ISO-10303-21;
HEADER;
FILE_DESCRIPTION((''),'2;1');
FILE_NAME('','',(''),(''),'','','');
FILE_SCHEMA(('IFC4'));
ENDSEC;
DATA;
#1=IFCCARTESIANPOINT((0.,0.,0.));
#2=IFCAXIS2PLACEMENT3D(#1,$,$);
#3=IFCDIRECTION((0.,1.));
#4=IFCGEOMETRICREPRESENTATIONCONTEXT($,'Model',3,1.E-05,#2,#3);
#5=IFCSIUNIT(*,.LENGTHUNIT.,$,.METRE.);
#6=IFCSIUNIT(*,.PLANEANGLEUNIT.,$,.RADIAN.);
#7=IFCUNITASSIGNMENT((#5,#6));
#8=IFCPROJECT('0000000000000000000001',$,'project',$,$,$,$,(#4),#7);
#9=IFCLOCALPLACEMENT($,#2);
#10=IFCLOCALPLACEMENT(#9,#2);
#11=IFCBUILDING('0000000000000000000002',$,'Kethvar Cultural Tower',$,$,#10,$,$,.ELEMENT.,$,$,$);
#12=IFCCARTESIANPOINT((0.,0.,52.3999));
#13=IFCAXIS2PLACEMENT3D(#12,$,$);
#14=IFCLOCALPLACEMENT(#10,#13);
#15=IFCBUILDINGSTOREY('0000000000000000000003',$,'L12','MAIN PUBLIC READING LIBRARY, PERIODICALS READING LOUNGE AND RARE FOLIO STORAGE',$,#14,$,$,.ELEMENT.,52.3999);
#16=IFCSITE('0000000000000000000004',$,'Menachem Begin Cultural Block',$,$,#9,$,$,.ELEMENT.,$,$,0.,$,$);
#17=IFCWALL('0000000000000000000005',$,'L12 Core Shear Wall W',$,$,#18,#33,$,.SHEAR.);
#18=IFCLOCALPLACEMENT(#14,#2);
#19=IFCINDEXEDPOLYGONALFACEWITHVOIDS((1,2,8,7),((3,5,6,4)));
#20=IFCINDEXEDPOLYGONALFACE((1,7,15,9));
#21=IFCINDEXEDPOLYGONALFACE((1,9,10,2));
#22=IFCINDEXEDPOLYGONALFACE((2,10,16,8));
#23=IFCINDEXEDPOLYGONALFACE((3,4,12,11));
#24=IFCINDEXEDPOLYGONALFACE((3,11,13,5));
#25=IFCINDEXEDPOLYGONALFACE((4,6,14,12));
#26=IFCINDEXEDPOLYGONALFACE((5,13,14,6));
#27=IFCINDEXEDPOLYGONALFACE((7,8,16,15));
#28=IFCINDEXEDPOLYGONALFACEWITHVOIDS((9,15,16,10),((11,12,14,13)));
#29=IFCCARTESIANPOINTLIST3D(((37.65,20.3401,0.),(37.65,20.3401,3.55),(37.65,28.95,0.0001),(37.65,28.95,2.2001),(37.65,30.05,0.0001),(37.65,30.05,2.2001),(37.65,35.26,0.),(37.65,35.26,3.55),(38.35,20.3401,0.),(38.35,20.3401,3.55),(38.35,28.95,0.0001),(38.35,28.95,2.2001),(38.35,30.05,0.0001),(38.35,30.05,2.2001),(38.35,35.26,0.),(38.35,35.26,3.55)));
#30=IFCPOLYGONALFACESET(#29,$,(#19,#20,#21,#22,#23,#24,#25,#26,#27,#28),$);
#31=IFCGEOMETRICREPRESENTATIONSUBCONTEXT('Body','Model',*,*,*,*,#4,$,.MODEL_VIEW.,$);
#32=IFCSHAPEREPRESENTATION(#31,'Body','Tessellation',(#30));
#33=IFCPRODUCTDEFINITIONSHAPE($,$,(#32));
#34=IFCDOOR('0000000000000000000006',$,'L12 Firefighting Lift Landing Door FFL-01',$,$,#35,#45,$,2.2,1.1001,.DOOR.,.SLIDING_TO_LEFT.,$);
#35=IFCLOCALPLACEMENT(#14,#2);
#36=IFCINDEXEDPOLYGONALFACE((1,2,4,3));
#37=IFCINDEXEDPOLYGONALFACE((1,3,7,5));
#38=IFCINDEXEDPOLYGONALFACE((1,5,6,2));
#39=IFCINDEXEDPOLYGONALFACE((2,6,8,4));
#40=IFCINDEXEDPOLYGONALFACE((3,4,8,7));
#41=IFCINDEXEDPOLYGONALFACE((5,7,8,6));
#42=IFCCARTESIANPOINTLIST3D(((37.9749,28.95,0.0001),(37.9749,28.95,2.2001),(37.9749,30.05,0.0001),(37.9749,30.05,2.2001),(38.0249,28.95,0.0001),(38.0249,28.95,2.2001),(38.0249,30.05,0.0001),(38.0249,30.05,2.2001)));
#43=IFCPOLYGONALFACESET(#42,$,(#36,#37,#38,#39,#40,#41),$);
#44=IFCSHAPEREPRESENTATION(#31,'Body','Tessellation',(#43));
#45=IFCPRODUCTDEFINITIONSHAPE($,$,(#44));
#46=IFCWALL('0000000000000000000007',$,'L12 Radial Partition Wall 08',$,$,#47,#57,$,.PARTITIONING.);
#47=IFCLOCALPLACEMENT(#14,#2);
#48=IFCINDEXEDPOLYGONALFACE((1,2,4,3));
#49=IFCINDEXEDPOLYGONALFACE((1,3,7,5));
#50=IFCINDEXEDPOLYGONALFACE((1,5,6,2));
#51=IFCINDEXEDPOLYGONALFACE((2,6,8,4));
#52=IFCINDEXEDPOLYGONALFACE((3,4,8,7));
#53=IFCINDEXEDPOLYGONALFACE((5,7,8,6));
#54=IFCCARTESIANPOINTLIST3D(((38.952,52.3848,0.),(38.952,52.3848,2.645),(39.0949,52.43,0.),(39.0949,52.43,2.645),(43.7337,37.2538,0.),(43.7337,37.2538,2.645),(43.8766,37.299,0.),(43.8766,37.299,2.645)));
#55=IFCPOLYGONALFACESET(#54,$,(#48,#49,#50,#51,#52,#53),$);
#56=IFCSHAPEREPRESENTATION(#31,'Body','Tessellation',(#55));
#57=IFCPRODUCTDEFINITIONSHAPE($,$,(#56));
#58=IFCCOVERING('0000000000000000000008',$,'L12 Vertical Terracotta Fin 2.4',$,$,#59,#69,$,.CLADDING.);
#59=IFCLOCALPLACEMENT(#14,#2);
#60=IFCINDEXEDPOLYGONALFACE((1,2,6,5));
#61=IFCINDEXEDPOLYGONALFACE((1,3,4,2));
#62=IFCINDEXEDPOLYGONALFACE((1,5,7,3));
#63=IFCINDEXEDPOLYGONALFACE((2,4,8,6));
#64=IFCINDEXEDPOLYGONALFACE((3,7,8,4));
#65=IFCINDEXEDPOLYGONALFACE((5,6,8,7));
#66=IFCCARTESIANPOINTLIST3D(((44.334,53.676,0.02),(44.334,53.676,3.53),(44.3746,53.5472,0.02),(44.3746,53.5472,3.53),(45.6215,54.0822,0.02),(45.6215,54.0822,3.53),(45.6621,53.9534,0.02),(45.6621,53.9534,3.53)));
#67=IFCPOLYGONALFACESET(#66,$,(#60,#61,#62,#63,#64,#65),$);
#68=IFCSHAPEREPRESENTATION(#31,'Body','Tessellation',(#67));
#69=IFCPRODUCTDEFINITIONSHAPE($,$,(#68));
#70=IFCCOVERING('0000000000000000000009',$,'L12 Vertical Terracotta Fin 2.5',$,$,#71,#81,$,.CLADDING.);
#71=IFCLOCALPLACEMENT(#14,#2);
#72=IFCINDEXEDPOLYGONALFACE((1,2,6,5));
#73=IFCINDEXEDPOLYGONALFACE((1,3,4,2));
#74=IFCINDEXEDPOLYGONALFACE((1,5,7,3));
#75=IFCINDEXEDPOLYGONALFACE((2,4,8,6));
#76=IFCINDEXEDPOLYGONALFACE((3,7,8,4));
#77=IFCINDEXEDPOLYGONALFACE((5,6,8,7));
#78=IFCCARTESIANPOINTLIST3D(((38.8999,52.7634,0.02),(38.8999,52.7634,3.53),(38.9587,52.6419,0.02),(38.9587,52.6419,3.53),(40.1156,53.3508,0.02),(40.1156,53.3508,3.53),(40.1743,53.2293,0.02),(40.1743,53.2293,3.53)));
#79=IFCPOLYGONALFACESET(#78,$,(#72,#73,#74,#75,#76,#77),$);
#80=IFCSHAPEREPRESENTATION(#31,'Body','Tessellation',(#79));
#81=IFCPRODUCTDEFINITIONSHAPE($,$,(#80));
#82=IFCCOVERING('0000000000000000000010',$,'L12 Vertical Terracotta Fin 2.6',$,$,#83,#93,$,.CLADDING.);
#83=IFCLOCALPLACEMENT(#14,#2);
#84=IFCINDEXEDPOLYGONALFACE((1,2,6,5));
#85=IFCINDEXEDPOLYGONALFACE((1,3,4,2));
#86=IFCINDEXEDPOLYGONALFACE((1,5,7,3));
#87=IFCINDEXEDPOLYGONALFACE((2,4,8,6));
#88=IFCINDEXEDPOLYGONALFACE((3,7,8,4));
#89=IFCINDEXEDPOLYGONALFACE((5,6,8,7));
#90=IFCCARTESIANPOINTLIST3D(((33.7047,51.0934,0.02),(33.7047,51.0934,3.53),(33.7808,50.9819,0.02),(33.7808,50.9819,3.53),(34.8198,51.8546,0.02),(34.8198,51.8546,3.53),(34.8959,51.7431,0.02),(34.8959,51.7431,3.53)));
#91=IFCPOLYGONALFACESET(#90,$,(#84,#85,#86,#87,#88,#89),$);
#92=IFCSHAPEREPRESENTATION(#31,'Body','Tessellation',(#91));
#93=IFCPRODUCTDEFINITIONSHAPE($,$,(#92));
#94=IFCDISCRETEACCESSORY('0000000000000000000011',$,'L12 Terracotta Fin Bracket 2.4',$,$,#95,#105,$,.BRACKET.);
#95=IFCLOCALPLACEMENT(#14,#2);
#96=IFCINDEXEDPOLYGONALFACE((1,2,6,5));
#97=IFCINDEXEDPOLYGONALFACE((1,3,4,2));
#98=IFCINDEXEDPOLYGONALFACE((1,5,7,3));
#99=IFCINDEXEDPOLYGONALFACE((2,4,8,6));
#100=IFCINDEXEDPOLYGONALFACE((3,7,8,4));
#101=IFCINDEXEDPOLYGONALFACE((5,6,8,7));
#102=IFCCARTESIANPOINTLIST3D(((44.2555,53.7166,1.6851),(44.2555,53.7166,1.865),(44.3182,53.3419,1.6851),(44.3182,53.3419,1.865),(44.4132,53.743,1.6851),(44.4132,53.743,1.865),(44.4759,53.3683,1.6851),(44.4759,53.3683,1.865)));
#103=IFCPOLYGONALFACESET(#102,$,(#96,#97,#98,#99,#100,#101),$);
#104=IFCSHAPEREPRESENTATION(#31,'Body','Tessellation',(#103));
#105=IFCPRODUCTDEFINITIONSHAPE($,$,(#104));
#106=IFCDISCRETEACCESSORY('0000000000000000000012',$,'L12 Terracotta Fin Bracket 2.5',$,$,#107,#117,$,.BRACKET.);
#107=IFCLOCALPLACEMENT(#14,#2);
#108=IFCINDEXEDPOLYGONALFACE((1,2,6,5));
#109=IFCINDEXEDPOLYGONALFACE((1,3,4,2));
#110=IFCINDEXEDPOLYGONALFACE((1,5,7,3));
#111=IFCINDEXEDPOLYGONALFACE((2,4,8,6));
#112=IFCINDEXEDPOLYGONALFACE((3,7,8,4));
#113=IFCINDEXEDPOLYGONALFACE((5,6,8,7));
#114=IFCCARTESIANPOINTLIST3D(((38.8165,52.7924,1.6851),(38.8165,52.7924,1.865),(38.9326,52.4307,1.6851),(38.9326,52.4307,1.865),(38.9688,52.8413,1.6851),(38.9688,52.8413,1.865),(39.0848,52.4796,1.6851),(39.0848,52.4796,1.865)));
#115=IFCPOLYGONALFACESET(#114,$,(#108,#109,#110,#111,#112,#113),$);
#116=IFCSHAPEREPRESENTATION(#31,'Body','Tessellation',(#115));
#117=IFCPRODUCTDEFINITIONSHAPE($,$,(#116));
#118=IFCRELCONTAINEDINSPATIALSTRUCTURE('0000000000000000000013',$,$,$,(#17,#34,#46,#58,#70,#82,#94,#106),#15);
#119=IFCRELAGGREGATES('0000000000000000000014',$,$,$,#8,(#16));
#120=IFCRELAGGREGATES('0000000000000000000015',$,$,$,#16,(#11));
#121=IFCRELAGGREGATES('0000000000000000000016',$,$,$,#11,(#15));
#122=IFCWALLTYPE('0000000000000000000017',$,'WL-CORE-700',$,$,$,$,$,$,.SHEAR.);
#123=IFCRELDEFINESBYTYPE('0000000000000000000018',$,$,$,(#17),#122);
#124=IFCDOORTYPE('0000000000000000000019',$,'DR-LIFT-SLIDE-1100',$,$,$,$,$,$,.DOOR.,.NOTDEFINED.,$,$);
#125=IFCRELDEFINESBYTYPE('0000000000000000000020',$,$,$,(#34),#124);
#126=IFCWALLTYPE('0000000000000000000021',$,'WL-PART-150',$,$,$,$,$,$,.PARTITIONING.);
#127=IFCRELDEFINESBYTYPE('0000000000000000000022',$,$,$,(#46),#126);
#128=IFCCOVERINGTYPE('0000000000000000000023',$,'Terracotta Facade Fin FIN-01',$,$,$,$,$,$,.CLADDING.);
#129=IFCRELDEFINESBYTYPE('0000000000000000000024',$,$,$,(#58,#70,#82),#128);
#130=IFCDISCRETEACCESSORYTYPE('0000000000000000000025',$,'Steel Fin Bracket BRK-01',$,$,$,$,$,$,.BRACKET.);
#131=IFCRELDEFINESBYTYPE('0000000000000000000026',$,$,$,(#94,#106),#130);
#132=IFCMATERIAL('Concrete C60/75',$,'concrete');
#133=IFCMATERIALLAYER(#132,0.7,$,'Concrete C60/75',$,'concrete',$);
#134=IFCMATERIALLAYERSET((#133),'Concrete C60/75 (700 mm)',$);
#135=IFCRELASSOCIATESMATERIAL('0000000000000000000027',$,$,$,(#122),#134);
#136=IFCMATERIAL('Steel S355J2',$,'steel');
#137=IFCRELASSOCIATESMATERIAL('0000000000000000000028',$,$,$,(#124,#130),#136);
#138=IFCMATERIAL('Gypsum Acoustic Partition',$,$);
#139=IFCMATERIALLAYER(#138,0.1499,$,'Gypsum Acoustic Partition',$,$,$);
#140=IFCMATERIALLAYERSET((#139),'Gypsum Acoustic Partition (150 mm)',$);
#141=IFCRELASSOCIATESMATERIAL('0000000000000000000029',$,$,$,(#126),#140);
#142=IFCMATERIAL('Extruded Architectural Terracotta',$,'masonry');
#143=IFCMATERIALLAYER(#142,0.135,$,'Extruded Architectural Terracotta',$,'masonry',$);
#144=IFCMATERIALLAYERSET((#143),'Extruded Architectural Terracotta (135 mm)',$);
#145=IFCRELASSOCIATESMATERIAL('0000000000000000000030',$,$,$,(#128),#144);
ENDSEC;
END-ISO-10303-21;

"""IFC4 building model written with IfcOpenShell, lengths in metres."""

from ifc_helpers import new_model, si_unit, direction, frame, frame_2d, origin, origin_2d, place, context, subcontext, project, spatial, rectangle, extrude, source, transform, mapped, material, layer, layer_set, type_object, element, fill, save


model = new_model("IFC4")

# Units and contexts
model_context = context("Model", 3, precision=1e-05, world=origin(), true_north=direction((0.0, 1.0)))
body_context = subcontext(model_context, "Body", "Model", "MODEL_VIEW")
ifc_project = project(units=[si_unit("LENGTHUNIT", "METRE"), si_unit("PLANEANGLEUNIT", "RADIAN")], contexts=[model_context])

# Site, building, storey
site_placement = place(None, origin())
site = spatial("IfcSite", under=ifc_project, at=site_placement, Name="Menachem Begin Cultural Block", CompositionType="ELEMENT", RefElevation=0.0)
building_placement = place(site_placement, origin())
building = spatial("IfcBuilding", under=site, at=building_placement, Name="Kethvar Cultural Tower", CompositionType="ELEMENT")
storey_placement = place(building_placement, frame((0.0, 0.0, 52.3999)))
storey = spatial("IfcBuildingStorey", under=building, at=storey_placement, Name="L12", Description="MAIN PUBLIC READING LIBRARY, PERIODICALS READING LOUNGE AND RARE FOLIO STORAGE", CompositionType="ELEMENT", Elevation=52.3999)

# Shared definitions
ifc_material_1 = material(Name="Steel S355J2", Category="steel")

# Wall, opening, door
ifc_material_2 = material(Name="Concrete C60/75", Category="concrete")
ifc_layer_1 = layer(ifc_material_2, 0.7, Name="Concrete C60/75", Category="concrete")
ifc_layer_set_1 = layer_set([ifc_layer_1], Name="Concrete C60/75 (700 mm)")
wall_type_1 = type_object("IfcWallType", Name="WL-CORE-700", PredefinedType="SHEAR", material=ifc_layer_set_1)
wall_1_placement = place(storey_placement, frame((38.0, 35.26, 0.0), z_axis=(0.0, 0.0, 1.0), x_axis=(0.0, -1.0, 0.0)))
wall_1 = element("IfcWall", 1, at=wall_1_placement, inside=storey, type_object=wall_type_1, Name="L12 Core Shear Wall W", PredefinedType="SHEAR", context=body_context, shape_type="SweptSolid", body=[
    extrude(rectangle(XDim=14.9199, YDim=0.7, at=frame_2d((7.46, 0.0))), origin(), (0.0, 0.0, 1.0), 3.55),
])
opening_placement = place(wall_1_placement, frame((5.21, 0.0, 0.0)))
opening = element("IfcOpeningElement", 2, at=opening_placement, cuts=wall_1, PredefinedType="OPENING", context=body_context, shape_type="SweptSolid", body=[
    extrude(rectangle(XDim=1.1001, YDim=2.2, at=frame_2d((0.55, 1.1001))), frame((0.0, 0.3599, 0.0), z_axis=(0.0, -1.0, 0.0), x_axis=(1.0, 0.0, 0.0)), (0.0, 0.0, 1.0), 0.72),
])
door_type = type_object("IfcDoorType", Name="DR-LIFT-SLIDE-1100", OperationType="NOTDEFINED", PredefinedType="DOOR", material=ifc_material_1)
shared_shape_1 = source(origin(), body_context, "Body", "SweptSolid", [
    extrude(rectangle(XDim=1.1001, YDim=2.2, at=frame_2d((0.55, 1.1001))), frame((0.0, 0.0249, 0.0), z_axis=(0.0, -1.0, 0.0), x_axis=(1.0, 0.0, 0.0)), (0.0, 0.0, 1.0), 0.05),
])
door_placement = place(opening_placement, origin())
door = element("IfcDoor", 3, at=door_placement, inside=storey, type_object=door_type, Name="L12 Firefighting Lift Landing Door FFL-01", OperationType="SLIDING_TO_LEFT", OverallHeight=2.2, OverallWidth=1.1001, PredefinedType="DOOR", context=body_context, shape_type="MappedRepresentation", body=[
    mapped(shared_shape_1, transform((0.0, 0.0, 0.0), scale=1.0)),
])
fill(opening, door)

# Wall
ifc_material_3 = material(Name="Gypsum Acoustic Partition")
ifc_layer_2 = layer(ifc_material_3, 0.1499, Name="Gypsum Acoustic Partition")
ifc_layer_set_2 = layer_set([ifc_layer_2], Name="Gypsum Acoustic Partition (150 mm)")
wall_type_2 = type_object("IfcWallType", Name="WL-PART-150", PredefinedType="PARTITIONING", material=ifc_layer_set_2)
wall_2_placement = place(storey_placement, frame((43.8052, 37.2764, 0.0), z_axis=(0.0, 0.0, 1.0), x_axis=(-0.301332, 0.953519, 0.0)))
element("IfcWall", 4, at=wall_2_placement, inside=storey, type_object=wall_type_2, Name="L12 Radial Partition Wall 08", PredefinedType="PARTITIONING", context=body_context, shape_type="SweptSolid", body=[
    extrude(rectangle(XDim=15.8687, YDim=0.1499, at=frame_2d((7.9343, 0.0))), origin(), (0.0, 0.0, 1.0), 2.645),
])

# Coverings
ifc_material_4 = material(Name="Extruded Architectural Terracotta", Category="masonry")
ifc_layer_3 = layer(ifc_material_4, 0.135, Name="Extruded Architectural Terracotta", Category="masonry")
ifc_layer_set_3 = layer_set([ifc_layer_3], Name="Extruded Architectural Terracotta (135 mm)")
covering_type = type_object("IfcCoveringType", Name="Terracotta Facade Fin FIN-01", PredefinedType="CLADDING", material=ifc_layer_set_3)
shared_shape_2 = source(origin(), body_context, "Body", "SweptSolid", [
    extrude(rectangle(XDim=1.3501, YDim=0.135, at=origin_2d()), origin(), (0.0, 0.0, 1.0), 3.51),
])
for number, where, z_axis, x_axis, name in (
    (5, (44.998, 53.8147, 0.02), (0.0, 0.0, 1.0), (0.953664, 0.300872, 0.0), "L12 Vertical Terracotta Fin 2.4"),
    (6, (39.5371, 52.9963, 0.02), (0.0, 0.0, 1.0), (0.900395, 0.435074, 0.0), "L12 Vertical Terracotta Fin 2.5"),
    (7, (34.3003, 51.4182, 0.02), (0.0, 0.0, 1.0), (0.825902, 0.563814, 0.0), "L12 Vertical Terracotta Fin 2.6"),
):
    element("IfcCovering", number, at=place(storey_placement, frame(where, z_axis=z_axis, x_axis=x_axis)), inside=storey, type_object=covering_type, Name=name, PredefinedType="CLADDING", context=body_context, shape_type="MappedRepresentation", body=[
        mapped(shared_shape_2, transform((0.0, 0.0, 0.0), scale=1.0)),
    ])

# Discrete accessories
discrete_accessory_type = type_object("IfcDiscreteAccessoryType", Name="Steel Fin Bracket BRK-01", PredefinedType="BRACKET", material=ifc_material_1)
shared_shape_3 = source(origin(), body_context, "Body", "SweptSolid", [
    extrude(rectangle(XDim=0.3799, YDim=0.1599, at=origin_2d()), origin(), (0.0, 0.0, 1.0), 0.1799),
])
for number, where, z_axis, x_axis, name in (
    (8, (44.3657, 53.5425, 1.6851), (0.0, 0.0, 1.0), (-0.165048, 0.986286, 0.0), "L12 Terracotta Fin Bracket 2.4"),
    (9, (38.9507, 52.636, 1.6851), (0.0, 0.0, 1.0), (-0.305529, 0.952183, 0.0), "L12 Terracotta Fin Bracket 2.5"),
):
    element("IfcDiscreteAccessory", number, at=place(storey_placement, frame(where, z_axis=z_axis, x_axis=x_axis)), inside=storey, type_object=discrete_accessory_type, Name=name, PredefinedType="BRACKET", context=body_context, shape_type="MappedRepresentation", body=[
        mapped(shared_shape_3, transform((0.0, 0.0, 0.0), scale=1.0)),
    ])

save(model, "model.ifc")
